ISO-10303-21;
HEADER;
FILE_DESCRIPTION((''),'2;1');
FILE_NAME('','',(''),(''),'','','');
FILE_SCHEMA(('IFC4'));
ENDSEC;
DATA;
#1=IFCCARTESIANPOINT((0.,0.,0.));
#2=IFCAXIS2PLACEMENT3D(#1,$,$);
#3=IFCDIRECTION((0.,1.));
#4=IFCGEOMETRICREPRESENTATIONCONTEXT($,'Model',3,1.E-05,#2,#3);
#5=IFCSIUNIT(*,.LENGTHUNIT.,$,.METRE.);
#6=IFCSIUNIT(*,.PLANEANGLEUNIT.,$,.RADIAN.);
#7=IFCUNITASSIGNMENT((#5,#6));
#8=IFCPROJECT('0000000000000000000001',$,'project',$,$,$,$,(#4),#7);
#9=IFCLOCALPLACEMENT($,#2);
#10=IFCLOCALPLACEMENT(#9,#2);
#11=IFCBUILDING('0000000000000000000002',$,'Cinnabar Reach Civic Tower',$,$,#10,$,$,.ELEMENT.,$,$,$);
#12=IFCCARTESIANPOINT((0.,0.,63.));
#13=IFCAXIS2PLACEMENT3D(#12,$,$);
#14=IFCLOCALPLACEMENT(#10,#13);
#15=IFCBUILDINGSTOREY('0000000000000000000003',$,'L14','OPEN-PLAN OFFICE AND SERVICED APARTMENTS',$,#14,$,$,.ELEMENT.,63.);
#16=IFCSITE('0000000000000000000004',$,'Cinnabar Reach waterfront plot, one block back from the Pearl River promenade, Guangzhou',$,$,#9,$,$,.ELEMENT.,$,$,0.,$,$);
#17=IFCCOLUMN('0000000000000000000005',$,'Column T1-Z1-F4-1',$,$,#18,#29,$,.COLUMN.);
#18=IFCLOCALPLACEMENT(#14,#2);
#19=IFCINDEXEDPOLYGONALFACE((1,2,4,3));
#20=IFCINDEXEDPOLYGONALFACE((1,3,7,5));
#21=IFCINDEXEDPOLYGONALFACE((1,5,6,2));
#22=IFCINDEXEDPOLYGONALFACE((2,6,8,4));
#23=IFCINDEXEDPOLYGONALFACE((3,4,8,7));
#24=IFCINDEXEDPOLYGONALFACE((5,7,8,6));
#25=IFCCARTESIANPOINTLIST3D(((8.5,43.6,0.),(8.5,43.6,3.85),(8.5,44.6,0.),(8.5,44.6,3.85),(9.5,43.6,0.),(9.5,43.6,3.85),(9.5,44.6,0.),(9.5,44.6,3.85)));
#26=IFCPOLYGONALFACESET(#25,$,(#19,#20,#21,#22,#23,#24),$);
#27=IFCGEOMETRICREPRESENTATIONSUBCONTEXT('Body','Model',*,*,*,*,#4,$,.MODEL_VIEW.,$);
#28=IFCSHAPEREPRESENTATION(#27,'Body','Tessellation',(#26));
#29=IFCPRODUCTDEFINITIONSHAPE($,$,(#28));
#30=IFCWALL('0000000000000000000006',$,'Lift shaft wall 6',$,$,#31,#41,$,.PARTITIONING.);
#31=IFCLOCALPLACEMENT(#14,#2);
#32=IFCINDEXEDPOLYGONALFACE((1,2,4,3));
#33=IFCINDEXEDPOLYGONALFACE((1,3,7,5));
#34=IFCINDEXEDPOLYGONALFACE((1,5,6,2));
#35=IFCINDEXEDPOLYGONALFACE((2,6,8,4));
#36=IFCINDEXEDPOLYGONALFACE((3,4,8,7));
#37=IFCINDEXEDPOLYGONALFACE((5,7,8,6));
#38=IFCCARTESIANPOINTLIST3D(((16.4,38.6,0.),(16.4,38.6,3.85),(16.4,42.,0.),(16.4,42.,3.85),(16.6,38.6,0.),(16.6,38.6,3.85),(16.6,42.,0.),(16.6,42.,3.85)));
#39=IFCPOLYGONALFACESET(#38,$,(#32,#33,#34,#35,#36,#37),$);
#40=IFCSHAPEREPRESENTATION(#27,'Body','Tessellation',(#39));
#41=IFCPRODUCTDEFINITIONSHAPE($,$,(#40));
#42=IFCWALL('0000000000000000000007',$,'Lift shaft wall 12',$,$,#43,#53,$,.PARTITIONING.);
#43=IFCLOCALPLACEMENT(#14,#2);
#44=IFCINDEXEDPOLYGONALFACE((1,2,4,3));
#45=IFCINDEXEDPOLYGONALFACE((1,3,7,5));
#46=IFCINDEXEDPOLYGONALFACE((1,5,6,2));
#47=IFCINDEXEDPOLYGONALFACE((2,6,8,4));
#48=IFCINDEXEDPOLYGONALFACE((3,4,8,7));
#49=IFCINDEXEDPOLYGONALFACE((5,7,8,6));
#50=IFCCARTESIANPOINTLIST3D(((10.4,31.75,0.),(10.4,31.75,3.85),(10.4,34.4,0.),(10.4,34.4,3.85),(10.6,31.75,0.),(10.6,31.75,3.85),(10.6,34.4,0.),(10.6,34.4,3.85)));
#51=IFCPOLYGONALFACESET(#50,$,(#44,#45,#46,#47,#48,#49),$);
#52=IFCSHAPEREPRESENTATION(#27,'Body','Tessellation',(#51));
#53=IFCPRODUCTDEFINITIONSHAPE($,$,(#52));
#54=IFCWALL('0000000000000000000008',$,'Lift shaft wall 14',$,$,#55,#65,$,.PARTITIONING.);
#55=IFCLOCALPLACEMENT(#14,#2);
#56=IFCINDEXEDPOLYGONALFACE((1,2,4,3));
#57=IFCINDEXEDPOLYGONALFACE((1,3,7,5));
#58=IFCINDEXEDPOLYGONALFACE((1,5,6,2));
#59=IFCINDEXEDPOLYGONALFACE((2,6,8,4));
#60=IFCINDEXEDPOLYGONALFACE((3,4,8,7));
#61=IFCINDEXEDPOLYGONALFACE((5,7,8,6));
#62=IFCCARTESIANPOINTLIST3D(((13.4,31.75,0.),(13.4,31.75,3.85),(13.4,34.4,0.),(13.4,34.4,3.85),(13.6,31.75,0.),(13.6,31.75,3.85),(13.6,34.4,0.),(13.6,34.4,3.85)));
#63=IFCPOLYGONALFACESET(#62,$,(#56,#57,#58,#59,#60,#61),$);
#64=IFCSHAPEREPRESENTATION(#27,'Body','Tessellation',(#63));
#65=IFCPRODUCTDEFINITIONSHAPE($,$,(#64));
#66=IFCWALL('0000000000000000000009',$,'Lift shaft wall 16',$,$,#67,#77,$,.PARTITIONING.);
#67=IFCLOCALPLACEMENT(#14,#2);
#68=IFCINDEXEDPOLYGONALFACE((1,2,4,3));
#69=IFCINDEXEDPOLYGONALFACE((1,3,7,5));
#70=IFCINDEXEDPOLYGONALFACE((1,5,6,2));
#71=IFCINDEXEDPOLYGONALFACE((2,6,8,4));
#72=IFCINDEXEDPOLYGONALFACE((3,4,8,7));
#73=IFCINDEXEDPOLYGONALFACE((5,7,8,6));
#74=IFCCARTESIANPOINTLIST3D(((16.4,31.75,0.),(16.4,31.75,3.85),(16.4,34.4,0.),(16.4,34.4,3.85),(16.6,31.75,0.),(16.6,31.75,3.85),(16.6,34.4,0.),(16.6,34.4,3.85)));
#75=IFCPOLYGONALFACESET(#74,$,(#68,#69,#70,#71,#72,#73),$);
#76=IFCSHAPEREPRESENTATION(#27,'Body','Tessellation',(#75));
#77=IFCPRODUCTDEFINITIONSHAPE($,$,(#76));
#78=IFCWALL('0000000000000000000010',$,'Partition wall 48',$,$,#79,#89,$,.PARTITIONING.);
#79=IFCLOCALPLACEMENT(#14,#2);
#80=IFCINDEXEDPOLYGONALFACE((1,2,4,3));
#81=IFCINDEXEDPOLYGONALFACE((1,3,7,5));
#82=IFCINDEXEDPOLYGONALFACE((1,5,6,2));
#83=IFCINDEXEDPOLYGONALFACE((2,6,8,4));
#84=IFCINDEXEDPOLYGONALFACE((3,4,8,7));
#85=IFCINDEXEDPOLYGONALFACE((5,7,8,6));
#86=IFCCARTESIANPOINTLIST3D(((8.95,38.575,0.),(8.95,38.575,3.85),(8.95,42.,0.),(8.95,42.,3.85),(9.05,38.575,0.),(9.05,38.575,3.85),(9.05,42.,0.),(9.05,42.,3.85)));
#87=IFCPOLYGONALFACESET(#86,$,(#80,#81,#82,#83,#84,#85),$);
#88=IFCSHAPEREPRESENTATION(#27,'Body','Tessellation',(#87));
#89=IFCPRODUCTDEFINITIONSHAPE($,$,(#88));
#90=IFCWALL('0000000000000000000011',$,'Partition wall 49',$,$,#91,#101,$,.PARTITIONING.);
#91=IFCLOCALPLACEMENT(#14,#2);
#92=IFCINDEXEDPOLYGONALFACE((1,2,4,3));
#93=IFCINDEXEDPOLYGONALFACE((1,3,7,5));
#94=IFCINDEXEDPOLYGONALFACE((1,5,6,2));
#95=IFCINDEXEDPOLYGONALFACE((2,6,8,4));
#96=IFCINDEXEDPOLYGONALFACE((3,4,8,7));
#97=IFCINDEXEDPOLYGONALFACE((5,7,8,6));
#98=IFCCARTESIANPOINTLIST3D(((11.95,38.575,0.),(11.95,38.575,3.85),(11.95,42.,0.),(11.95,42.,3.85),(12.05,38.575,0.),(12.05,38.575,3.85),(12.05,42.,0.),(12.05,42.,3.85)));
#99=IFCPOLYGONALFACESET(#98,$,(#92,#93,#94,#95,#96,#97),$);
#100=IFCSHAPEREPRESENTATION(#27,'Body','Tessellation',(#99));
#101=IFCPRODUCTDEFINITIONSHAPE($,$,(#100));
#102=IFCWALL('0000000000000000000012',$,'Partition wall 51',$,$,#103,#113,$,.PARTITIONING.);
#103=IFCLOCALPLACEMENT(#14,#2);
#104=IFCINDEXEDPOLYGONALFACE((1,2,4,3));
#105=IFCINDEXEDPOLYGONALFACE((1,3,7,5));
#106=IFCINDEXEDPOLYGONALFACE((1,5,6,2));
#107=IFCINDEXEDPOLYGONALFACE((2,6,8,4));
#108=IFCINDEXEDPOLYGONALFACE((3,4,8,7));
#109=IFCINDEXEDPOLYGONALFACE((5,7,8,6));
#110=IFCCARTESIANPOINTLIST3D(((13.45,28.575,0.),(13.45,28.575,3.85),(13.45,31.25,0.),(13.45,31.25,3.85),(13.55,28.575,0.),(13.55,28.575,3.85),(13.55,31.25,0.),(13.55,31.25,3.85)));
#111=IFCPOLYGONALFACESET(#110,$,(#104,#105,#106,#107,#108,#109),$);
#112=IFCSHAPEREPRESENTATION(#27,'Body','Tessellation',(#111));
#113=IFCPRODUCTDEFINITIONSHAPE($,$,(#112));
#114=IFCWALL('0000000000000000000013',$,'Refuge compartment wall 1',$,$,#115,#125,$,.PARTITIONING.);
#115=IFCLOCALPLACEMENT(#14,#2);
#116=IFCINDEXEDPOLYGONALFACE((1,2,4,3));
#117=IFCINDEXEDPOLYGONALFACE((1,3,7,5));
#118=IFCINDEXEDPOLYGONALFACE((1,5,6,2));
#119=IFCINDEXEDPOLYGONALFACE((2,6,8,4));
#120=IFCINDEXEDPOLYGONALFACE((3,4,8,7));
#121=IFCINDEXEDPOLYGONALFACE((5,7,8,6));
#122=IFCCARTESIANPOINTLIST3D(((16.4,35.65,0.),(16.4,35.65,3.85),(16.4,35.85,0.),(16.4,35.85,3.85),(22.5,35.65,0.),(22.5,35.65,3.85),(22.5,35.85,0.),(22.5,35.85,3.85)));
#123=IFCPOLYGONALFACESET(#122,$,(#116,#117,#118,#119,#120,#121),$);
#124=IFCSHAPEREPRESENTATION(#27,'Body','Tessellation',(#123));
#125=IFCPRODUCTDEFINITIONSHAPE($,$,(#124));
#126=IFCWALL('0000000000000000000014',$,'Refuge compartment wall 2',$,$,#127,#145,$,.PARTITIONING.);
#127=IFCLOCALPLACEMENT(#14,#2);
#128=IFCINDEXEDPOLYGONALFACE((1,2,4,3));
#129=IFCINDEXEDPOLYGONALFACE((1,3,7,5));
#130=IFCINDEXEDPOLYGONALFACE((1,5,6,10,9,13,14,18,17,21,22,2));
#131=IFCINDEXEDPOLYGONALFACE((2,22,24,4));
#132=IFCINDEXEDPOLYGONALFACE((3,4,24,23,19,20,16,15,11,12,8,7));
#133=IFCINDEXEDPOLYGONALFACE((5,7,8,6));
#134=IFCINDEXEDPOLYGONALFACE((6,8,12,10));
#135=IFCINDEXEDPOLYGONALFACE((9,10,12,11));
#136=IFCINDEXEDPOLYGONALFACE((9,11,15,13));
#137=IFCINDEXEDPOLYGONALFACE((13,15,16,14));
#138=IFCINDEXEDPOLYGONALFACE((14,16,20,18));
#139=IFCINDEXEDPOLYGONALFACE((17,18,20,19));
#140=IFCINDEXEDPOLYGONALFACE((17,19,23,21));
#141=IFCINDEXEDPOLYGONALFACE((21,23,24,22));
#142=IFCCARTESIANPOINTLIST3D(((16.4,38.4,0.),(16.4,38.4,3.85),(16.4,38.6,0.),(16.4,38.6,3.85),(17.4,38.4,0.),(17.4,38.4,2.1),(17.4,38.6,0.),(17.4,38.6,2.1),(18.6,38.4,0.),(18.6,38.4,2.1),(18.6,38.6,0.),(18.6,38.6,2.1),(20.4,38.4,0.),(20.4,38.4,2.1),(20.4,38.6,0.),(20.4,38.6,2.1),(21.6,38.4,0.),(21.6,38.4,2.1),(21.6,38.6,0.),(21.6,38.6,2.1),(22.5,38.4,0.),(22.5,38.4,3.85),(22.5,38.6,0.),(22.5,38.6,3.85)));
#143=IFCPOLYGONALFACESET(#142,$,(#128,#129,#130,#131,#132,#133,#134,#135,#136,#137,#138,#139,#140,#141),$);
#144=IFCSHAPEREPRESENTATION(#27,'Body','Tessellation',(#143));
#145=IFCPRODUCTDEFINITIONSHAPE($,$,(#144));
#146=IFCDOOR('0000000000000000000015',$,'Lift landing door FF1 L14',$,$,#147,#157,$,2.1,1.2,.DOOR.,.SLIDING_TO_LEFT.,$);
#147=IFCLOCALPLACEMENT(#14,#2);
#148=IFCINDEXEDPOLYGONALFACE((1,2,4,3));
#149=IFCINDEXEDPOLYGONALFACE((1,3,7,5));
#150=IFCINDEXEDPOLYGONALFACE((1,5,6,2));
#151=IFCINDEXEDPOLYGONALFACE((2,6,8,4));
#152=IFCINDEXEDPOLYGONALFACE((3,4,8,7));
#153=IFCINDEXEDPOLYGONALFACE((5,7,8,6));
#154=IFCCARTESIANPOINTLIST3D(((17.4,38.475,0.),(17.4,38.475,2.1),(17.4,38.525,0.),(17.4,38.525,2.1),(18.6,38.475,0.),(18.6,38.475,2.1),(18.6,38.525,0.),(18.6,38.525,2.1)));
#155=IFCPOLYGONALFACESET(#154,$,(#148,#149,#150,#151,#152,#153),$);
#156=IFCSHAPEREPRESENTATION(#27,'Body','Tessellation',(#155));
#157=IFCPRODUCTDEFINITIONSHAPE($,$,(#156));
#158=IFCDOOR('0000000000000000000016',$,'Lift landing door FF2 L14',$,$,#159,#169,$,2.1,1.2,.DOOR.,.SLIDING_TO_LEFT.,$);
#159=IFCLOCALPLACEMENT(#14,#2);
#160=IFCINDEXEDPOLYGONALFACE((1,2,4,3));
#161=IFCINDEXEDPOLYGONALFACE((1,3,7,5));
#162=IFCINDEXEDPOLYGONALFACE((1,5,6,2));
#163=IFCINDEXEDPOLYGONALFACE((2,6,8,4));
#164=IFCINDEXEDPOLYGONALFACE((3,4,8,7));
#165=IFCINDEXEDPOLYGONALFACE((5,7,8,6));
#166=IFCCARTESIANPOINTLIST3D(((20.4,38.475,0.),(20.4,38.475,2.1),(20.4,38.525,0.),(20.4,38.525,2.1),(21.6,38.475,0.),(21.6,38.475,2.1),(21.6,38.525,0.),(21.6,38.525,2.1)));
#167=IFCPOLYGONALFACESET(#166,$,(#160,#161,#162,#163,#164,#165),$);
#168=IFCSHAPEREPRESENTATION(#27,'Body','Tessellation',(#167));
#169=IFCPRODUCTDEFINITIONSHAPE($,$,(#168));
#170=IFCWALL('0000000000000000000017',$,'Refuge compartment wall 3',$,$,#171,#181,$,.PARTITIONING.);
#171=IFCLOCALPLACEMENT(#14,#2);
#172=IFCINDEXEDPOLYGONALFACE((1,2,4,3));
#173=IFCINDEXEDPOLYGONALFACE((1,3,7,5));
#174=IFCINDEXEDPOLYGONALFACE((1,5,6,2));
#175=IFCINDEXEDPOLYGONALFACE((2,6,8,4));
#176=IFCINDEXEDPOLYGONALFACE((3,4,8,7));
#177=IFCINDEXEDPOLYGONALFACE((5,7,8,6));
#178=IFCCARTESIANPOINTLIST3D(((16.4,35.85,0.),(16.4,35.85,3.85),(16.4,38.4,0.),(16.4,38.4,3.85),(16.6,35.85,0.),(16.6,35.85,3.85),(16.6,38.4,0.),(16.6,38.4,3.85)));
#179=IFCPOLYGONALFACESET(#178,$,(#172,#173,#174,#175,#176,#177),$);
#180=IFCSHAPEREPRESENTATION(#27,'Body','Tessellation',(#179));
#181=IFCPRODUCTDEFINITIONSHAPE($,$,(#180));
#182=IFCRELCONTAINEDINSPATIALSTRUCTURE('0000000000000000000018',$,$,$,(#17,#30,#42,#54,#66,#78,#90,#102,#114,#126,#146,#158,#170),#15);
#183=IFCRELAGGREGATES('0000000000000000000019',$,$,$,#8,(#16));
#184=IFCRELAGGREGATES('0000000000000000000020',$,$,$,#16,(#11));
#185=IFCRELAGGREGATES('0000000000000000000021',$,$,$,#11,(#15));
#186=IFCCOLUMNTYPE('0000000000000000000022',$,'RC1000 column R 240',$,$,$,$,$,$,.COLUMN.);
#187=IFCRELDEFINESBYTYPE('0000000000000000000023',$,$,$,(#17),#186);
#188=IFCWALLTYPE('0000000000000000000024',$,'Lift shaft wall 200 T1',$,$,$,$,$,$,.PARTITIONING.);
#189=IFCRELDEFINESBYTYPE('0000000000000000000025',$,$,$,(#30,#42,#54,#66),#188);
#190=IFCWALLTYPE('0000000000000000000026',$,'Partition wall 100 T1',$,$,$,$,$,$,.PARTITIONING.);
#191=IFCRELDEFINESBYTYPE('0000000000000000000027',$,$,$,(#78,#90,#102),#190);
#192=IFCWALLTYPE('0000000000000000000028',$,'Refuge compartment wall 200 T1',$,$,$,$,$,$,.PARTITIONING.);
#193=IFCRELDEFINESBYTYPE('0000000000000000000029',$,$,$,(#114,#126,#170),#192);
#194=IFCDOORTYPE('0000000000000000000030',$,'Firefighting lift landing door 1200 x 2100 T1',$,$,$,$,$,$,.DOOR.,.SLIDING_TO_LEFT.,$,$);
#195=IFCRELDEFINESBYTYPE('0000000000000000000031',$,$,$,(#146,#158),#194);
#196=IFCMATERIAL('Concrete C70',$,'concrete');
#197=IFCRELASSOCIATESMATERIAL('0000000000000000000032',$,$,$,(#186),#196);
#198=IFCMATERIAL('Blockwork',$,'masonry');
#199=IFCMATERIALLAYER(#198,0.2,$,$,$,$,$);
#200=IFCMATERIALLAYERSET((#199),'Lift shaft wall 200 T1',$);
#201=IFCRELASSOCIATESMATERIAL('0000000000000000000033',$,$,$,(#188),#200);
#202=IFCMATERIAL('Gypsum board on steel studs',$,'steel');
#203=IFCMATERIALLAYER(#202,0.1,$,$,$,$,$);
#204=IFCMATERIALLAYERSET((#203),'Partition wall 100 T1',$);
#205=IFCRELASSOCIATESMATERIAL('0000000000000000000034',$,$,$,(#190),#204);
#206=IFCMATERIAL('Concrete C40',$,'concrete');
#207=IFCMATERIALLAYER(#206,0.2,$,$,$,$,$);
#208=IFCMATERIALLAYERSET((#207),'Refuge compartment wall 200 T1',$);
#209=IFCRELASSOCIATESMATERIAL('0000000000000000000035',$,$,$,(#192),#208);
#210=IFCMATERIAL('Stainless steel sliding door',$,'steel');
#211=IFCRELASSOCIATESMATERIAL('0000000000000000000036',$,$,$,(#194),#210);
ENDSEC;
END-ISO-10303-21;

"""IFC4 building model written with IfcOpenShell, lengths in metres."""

from ifc_helpers import new_model, si_unit, direction, frame, frame_2d, origin, origin_2d, place, context, subcontext, project, spatial, rectangle, extrude, material, layer, layer_set, material_profile, profile_set, type_object, element, fill, save


model = new_model("IFC4")

# Units and contexts
model_context = context("Model", 3, precision=1e-05, world=origin(), true_north=direction((0.0, 1.0)))
body_context = subcontext(model_context, "Body", "Model", "MODEL_VIEW")
ifc_project = project(units=[si_unit("LENGTHUNIT", "METRE"), si_unit("PLANEANGLEUNIT", "RADIAN")], contexts=[model_context])

# Site, building, storey
site_placement = place(None, origin())
site = spatial("IfcSite", under=ifc_project, at=site_placement, Name="Cinnabar Reach waterfront plot, one block back from the Pearl River promenade, Guangzhou", CompositionType="ELEMENT", RefElevation=0.0)
building_placement = place(site_placement, origin())
building = spatial("IfcBuilding", under=site, at=building_placement, Name="Cinnabar Reach Civic Tower", CompositionType="ELEMENT")
storey_placement = place(building_placement, frame((0.0, 0.0, 63.0)))
storey = spatial("IfcBuildingStorey", under=building, at=storey_placement, Name="L14", Description="OPEN-PLAN OFFICE AND SERVICED APARTMENTS", CompositionType="ELEMENT", Elevation=63.0)

# Column
ifc_material_1 = material(Name="Concrete C70", Category="concrete")
ifc_material_profile = material_profile(ifc_material_1, rectangle(XDim=1.0, YDim=1.0, at=origin_2d()), Name="RC1000")
ifc_profile_set = profile_set([ifc_material_profile], Name="Concrete C70")
column_type = type_object("IfcColumnType", Name="RC1000 column R 240", PredefinedType="COLUMN", material=ifc_profile_set)
column_placement = place(storey_placement, frame((9.0, 44.1, 0.0), z_axis=(0.0, 0.0, 1.0), x_axis=(1.0, 0.0, 0.0)))
element("IfcColumn", 1, at=column_placement, inside=storey, type_object=column_type, Name="Column T1-Z1-F4-1", PredefinedType="COLUMN", context=body_context, shape_type="SweptSolid", body=[
    extrude(rectangle(XDim=1.0, YDim=1.0, at=origin_2d()), origin(), (0.0, 0.0, 1.0), 3.85),
])

# Walls
ifc_material_2 = material(Name="Blockwork", Category="masonry")
ifc_layer_1 = layer(ifc_material_2, 0.2)
ifc_layer_set_1 = layer_set([ifc_layer_1], Name="Lift shaft wall 200 T1")
wall_type_1 = type_object("IfcWallType", Name="Lift shaft wall 200 T1", PredefinedType="PARTITIONING", material=ifc_layer_set_1)
wall_1_placement = place(storey_placement, frame((16.5, 38.6, 0.0), z_axis=(0.0, 0.0, 1.0), x_axis=(0.0, 1.0, 0.0)))
element("IfcWall", 2, at=wall_1_placement, inside=storey, type_object=wall_type_1, Name="Lift shaft wall 6", PredefinedType="PARTITIONING", context=body_context, shape_type="SweptSolid", body=[
    extrude(rectangle(XDim=3.4, YDim=0.2, at=frame_2d((1.7, 0.0))), origin(), (0.0, 0.0, 1.0), 3.85),
])
for number, where, z_axis, x_axis, name in (
    (3, (10.5, 31.75, 0.0), (0.0, 0.0, 1.0), (0.0, 1.0, 0.0), "Lift shaft wall 12"),
    (4, (13.5, 31.75, 0.0), (0.0, 0.0, 1.0), (0.0, 1.0, 0.0), "Lift shaft wall 14"),
    (5, (16.5, 31.75, 0.0), (0.0, 0.0, 1.0), (0.0, 1.0, 0.0), "Lift shaft wall 16"),
):
    element("IfcWall", number, at=place(storey_placement, frame(where, z_axis=z_axis, x_axis=x_axis)), inside=storey, type_object=wall_type_1, Name=name, PredefinedType="PARTITIONING", context=body_context, shape_type="SweptSolid", body=[
        extrude(rectangle(XDim=2.65, YDim=0.2, at=frame_2d((1.325, 0.0))), origin(), (0.0, 0.0, 1.0), 3.85),
    ])
ifc_material_3 = material(Name="Gypsum board on steel studs", Category="steel")
ifc_layer_2 = layer(ifc_material_3, 0.1)
ifc_layer_set_2 = layer_set([ifc_layer_2], Name="Partition wall 100 T1")
wall_type_2 = type_object("IfcWallType", Name="Partition wall 100 T1", PredefinedType="PARTITIONING", material=ifc_layer_set_2)
for number, where, z_axis, x_axis, name in (
    (6, (9.0, 38.575, 0.0), (0.0, 0.0, 1.0), (0.0, 1.0, 0.0), "Partition wall 48"),
    (7, (12.0, 38.575, 0.0), (0.0, 0.0, 1.0), (0.0, 1.0, 0.0), "Partition wall 49"),
):
    element("IfcWall", number, at=place(storey_placement, frame(where, z_axis=z_axis, x_axis=x_axis)), inside=storey, type_object=wall_type_2, Name=name, PredefinedType="PARTITIONING", context=body_context, shape_type="SweptSolid", body=[
        extrude(rectangle(XDim=3.425, YDim=0.1, at=frame_2d((1.7125, 0.0))), origin(), (0.0, 0.0, 1.0), 3.85),
    ])
wall_2_placement = place(storey_placement, frame((13.5, 28.575, 0.0), z_axis=(0.0, 0.0, 1.0), x_axis=(0.0, 1.0, 0.0)))
element("IfcWall", 8, at=wall_2_placement, inside=storey, type_object=wall_type_2, Name="Partition wall 51", PredefinedType="PARTITIONING", context=body_context, shape_type="SweptSolid", body=[
    extrude(rectangle(XDim=2.675, YDim=0.1, at=frame_2d((1.3375, 0.0))), origin(), (0.0, 0.0, 1.0), 3.85),
])
ifc_material_4 = material(Name="Concrete C40", Category="concrete")
ifc_layer_3 = layer(ifc_material_4, 0.2)
ifc_layer_set_3 = layer_set([ifc_layer_3], Name="Refuge compartment wall 200 T1")
wall_type_3 = type_object("IfcWallType", Name="Refuge compartment wall 200 T1", PredefinedType="PARTITIONING", material=ifc_layer_set_3)
wall_3_placement = place(storey_placement, frame((16.4, 35.75, 0.0), z_axis=(0.0, 0.0, 1.0), x_axis=(1.0, 0.0, 0.0)))
element("IfcWall", 9, at=wall_3_placement, inside=storey, type_object=wall_type_3, Name="Refuge compartment wall 1", PredefinedType="PARTITIONING", context=body_context, shape_type="SweptSolid", body=[
    extrude(rectangle(XDim=6.1, YDim=0.2, at=frame_2d((3.05, 0.0))), origin(), (0.0, 0.0, 1.0), 3.85),
])

# Wall, openings, doors
wall_4_placement = place(storey_placement, frame((16.4, 38.5, 0.0), z_axis=(0.0, 0.0, 1.0), x_axis=(1.0, 0.0, 0.0)))
wall_4 = element("IfcWall", 10, at=wall_4_placement, inside=storey, type_object=wall_type_3, Name="Refuge compartment wall 2", PredefinedType="PARTITIONING", context=body_context, shape_type="SweptSolid", body=[
    extrude(rectangle(XDim=6.1, YDim=0.2, at=frame_2d((3.05, 0.0))), origin(), (0.0, 0.0, 1.0), 3.85),
])
opening_1_placement = place(wall_4_placement, frame((1.0, 0.0, 0.0)))
opening_1 = element("IfcOpeningElement", 11, at=opening_1_placement, cuts=wall_4, PredefinedType="OPENING", context=body_context, shape_type="SweptSolid", body=[
    extrude(rectangle(XDim=1.2, YDim=2.1, at=frame_2d((0.6, 1.05))), frame((0.0, 0.11, 0.0), z_axis=(0.0, -1.0, 0.0), x_axis=(1.0, 0.0, 0.0)), (0.0, 0.0, 1.0), 0.22),
])
opening_2_placement = place(wall_4_placement, frame((4.0, 0.0, 0.0)))
opening_2 = element("IfcOpeningElement", 12, at=opening_2_placement, cuts=wall_4, PredefinedType="OPENING", context=body_context, shape_type="SweptSolid", body=[
    extrude(rectangle(XDim=1.2, YDim=2.1, at=frame_2d((0.6, 1.05))), frame((0.0, 0.11, 0.0), z_axis=(0.0, -1.0, 0.0), x_axis=(1.0, 0.0, 0.0)), (0.0, 0.0, 1.0), 0.22),
])
ifc_material_5 = material(Name="Stainless steel sliding door", Category="steel")
door_type = type_object("IfcDoorType", Name="Firefighting lift landing door 1200 x 2100 T1", OperationType="SLIDING_TO_LEFT", PredefinedType="DOOR", material=ifc_material_5)
door_1_placement = place(opening_1_placement, origin())
door_1 = element("IfcDoor", 13, at=door_1_placement, inside=storey, type_object=door_type, Name="Lift landing door FF1 L14", OperationType="SLIDING_TO_LEFT", OverallHeight=2.1, OverallWidth=1.2, PredefinedType="DOOR", context=body_context, shape_type="SweptSolid", body=[
    extrude(rectangle(XDim=1.2, YDim=2.1, at=frame_2d((0.6, 1.05))), frame((0.0, 0.025, 0.0), z_axis=(0.0, -1.0, 0.0), x_axis=(1.0, 0.0, 0.0)), (0.0, 0.0, 1.0), 0.05),
])
fill(opening_1, door_1)
door_2_placement = place(opening_2_placement, origin())
door_2 = element("IfcDoor", 14, at=door_2_placement, inside=storey, type_object=door_type, Name="Lift landing door FF2 L14", OperationType="SLIDING_TO_LEFT", OverallHeight=2.1, OverallWidth=1.2, PredefinedType="DOOR", context=body_context, shape_type="SweptSolid", body=[
    extrude(rectangle(XDim=1.2, YDim=2.1, at=frame_2d((0.6, 1.05))), frame((0.0, 0.025, 0.0), z_axis=(0.0, -1.0, 0.0), x_axis=(1.0, 0.0, 0.0)), (0.0, 0.0, 1.0), 0.05),
])
fill(opening_2, door_2)

# Wall
wall_5_placement = place(storey_placement, frame((16.5, 35.85, 0.0), z_axis=(0.0, 0.0, 1.0), x_axis=(0.0, 1.0, 0.0)))
element("IfcWall", 15, at=wall_5_placement, inside=storey, type_object=wall_type_3, Name="Refuge compartment wall 3", PredefinedType="PARTITIONING", context=body_context, shape_type="SweptSolid", body=[
    extrude(rectangle(XDim=2.55, YDim=0.2, at=frame_2d((1.275, 0.0))), origin(), (0.0, 0.0, 1.0), 3.85),
])

save(model, "model.ifc")
